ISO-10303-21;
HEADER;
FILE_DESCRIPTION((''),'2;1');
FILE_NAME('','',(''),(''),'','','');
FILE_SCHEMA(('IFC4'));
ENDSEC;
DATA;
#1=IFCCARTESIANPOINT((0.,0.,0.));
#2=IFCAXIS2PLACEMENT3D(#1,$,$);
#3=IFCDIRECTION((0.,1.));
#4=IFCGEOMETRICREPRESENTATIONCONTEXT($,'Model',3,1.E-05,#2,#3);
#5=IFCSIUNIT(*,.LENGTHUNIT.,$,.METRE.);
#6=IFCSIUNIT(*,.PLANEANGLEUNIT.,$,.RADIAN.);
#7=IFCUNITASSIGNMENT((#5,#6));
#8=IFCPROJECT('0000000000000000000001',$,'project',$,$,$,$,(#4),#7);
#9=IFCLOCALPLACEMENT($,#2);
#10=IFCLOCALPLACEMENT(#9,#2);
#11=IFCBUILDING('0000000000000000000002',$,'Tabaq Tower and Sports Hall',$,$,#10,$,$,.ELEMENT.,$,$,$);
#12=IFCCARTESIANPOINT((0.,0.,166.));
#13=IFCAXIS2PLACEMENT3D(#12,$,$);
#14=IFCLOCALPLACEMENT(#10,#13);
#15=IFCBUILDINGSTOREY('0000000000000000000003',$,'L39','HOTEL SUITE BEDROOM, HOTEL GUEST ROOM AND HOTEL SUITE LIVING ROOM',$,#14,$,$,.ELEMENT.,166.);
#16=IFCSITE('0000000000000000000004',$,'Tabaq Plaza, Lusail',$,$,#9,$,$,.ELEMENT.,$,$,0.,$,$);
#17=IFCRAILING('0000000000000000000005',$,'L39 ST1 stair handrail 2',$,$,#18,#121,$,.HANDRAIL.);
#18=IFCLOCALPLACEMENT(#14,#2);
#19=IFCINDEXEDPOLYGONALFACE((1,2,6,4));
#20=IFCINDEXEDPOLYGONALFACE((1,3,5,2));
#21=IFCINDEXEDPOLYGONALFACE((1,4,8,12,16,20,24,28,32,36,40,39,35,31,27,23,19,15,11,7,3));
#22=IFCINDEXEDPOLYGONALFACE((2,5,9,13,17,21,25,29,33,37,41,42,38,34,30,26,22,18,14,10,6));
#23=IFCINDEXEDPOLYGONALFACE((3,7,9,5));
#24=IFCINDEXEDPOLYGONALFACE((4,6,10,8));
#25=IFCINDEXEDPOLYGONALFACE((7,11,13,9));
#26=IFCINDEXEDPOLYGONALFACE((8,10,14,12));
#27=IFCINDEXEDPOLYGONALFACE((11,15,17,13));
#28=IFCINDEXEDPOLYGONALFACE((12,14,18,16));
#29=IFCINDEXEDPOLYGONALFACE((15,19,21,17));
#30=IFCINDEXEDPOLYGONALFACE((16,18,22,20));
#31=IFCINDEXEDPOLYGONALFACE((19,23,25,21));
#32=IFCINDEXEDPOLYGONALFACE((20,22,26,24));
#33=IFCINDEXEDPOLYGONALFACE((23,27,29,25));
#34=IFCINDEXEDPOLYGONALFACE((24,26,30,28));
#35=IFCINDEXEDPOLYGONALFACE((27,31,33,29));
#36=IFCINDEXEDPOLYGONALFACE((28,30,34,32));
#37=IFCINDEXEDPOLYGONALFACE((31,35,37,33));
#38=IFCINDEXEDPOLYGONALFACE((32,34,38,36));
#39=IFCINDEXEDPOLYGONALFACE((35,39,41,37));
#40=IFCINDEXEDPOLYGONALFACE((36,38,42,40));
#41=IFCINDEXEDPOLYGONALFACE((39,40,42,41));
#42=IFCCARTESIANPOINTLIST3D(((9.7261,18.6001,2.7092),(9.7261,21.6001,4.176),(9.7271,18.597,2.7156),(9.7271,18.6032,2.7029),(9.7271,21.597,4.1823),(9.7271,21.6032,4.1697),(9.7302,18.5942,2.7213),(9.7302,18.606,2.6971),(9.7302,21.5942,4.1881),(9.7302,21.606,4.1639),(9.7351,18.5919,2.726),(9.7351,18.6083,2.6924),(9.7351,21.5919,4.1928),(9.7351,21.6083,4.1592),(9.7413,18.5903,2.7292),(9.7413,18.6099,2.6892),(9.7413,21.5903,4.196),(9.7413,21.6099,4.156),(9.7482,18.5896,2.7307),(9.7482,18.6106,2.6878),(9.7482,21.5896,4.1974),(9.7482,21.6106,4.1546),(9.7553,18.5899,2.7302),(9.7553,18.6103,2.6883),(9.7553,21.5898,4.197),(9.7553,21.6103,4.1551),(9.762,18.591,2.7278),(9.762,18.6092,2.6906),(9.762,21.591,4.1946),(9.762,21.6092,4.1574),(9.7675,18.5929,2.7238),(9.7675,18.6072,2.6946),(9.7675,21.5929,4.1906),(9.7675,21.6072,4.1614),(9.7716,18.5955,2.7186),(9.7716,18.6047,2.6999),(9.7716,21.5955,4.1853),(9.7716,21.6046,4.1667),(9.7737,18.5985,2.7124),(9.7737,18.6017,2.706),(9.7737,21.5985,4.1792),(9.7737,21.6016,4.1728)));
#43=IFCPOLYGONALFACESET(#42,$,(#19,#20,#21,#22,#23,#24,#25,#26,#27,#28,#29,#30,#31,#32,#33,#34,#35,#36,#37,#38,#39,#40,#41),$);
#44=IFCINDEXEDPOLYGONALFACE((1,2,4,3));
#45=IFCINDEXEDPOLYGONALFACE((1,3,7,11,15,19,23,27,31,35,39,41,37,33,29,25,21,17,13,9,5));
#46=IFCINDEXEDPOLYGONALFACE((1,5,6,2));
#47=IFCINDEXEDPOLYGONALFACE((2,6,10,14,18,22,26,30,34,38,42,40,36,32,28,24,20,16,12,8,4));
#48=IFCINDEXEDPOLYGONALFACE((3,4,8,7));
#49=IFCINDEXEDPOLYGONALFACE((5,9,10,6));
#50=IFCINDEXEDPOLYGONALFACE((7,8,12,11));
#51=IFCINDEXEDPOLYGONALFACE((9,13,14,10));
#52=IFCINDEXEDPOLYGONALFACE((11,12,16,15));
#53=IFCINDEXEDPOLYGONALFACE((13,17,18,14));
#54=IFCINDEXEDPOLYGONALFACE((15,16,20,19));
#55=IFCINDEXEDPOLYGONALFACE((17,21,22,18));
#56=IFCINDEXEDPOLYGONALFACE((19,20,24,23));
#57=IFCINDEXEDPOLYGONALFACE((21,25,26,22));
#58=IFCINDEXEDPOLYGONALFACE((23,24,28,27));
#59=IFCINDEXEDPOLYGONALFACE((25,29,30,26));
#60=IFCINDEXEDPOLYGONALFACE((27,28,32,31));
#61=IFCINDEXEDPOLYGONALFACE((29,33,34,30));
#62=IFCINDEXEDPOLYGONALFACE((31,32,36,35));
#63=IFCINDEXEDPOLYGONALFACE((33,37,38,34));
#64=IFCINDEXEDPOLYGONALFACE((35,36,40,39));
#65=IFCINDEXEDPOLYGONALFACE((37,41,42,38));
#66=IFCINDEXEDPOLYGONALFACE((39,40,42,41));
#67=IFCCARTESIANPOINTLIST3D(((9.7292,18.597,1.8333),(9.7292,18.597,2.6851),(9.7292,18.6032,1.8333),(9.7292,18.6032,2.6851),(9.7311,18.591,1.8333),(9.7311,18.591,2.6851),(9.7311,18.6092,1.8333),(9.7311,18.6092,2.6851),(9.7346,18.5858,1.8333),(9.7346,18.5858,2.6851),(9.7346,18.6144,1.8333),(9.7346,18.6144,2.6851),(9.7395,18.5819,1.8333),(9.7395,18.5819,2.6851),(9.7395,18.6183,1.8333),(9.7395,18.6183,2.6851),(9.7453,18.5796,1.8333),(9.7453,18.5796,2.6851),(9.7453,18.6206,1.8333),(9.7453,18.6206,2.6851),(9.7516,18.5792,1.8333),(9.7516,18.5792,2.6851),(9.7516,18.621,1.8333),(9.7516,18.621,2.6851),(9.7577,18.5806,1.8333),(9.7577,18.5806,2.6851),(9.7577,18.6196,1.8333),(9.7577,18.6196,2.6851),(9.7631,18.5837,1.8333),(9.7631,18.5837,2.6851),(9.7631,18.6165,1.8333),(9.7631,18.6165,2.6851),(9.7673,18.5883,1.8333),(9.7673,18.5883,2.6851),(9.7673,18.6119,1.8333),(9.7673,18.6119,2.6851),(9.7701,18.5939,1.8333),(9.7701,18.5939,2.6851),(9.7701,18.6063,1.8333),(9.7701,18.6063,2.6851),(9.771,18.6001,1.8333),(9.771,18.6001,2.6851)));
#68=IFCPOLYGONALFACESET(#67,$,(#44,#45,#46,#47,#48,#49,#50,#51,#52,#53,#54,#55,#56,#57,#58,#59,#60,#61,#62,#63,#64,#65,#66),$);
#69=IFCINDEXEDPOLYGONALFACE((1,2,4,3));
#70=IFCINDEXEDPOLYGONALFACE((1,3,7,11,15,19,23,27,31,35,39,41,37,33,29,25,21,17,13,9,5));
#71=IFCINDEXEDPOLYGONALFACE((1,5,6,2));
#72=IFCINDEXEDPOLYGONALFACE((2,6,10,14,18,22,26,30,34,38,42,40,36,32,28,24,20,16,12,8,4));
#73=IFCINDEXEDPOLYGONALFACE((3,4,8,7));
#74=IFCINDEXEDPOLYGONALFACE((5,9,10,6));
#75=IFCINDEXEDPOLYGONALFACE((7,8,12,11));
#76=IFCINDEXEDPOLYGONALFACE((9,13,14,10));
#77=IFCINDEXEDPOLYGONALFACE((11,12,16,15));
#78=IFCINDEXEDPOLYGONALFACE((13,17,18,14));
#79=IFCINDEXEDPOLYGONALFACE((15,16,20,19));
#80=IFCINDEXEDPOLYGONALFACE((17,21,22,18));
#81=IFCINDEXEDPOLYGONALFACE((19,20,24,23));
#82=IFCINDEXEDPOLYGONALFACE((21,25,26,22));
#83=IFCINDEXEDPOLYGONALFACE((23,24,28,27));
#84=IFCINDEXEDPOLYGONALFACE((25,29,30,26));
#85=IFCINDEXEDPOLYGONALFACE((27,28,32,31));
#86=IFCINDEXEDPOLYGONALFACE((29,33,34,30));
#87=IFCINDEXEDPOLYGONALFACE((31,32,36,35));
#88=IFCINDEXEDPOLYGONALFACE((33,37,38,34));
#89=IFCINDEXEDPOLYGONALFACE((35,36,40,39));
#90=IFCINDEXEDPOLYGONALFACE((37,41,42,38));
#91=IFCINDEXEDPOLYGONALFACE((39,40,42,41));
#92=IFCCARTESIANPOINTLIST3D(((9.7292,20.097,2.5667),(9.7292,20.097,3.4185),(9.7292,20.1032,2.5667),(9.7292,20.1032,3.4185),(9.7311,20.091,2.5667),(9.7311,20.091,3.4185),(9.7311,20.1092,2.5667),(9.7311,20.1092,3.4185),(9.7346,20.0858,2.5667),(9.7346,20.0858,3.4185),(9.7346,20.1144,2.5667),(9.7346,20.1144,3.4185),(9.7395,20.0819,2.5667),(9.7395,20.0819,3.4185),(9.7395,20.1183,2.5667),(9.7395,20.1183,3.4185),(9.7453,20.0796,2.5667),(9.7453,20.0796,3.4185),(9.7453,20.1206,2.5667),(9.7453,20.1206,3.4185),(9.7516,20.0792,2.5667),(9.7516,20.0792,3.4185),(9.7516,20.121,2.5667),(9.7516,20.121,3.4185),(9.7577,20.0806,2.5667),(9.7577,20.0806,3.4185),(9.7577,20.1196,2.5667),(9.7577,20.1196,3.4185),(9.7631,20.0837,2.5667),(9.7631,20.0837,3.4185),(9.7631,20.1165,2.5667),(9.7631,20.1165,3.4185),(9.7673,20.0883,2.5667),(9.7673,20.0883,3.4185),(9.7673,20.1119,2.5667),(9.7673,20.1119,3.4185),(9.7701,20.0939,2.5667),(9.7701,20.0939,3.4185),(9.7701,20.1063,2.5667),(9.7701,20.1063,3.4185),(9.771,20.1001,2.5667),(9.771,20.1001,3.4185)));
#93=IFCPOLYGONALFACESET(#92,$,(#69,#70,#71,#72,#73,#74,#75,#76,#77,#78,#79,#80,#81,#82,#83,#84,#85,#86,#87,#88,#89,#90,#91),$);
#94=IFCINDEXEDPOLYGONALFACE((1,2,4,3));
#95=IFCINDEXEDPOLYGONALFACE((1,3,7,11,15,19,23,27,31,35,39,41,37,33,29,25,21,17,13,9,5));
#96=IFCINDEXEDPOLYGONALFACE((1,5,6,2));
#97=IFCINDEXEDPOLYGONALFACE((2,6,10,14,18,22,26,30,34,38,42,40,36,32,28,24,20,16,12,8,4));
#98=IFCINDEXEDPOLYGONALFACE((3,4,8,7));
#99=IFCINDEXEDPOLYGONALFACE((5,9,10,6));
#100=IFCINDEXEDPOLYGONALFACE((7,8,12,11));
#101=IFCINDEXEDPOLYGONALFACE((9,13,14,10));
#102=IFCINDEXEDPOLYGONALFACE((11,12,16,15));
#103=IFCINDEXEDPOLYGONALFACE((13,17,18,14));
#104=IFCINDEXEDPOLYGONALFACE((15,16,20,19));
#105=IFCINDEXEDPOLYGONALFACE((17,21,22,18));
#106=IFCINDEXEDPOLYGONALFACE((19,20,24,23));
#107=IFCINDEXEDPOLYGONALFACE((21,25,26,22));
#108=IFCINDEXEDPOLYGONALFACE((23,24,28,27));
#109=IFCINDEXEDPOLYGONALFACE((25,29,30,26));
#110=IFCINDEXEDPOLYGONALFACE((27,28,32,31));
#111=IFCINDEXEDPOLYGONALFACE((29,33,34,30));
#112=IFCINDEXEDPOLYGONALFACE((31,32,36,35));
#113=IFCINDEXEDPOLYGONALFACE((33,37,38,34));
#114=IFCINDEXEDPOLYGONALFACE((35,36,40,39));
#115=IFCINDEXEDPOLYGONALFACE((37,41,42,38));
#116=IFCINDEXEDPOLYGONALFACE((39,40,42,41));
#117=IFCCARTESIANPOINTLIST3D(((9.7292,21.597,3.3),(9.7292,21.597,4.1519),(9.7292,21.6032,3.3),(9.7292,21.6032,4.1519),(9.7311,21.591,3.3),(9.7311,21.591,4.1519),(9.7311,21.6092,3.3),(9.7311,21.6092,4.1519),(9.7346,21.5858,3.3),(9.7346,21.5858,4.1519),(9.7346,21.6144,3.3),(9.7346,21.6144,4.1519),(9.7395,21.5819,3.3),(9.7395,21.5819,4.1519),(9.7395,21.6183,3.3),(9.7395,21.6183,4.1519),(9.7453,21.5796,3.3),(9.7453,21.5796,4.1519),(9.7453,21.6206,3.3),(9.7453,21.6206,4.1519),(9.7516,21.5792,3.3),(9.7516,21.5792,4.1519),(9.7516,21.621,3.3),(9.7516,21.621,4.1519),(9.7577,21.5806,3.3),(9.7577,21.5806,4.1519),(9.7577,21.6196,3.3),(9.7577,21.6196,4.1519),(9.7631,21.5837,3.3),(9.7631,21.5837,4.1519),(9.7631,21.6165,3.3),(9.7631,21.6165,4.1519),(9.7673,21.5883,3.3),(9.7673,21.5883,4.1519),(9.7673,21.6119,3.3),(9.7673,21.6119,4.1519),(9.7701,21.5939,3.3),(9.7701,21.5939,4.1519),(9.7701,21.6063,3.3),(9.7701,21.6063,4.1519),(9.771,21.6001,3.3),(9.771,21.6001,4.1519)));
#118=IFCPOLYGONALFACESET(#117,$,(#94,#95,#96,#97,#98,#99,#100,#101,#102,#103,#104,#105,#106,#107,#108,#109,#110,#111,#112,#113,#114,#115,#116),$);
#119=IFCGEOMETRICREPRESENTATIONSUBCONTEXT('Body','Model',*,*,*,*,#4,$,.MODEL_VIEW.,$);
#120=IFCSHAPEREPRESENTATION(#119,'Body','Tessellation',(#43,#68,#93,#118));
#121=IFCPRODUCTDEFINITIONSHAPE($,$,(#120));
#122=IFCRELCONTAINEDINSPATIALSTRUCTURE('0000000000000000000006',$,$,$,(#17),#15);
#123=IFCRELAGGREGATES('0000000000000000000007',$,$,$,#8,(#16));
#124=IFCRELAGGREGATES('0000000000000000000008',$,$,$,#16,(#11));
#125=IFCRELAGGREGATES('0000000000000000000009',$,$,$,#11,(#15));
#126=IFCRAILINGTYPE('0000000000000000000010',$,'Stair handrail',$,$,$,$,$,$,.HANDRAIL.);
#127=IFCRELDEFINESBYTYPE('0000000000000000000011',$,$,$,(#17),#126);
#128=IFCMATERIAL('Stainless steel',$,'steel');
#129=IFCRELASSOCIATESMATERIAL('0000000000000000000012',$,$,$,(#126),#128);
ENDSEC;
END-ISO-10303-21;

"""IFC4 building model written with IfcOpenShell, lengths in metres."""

from ifc_helpers import new_model, si_unit, direction, frame, origin, origin_2d, place, context, subcontext, project, spatial, circle, extrude, material, type_object, element, save


model = new_model("IFC4")

# Units and contexts
model_context = context("Model", 3, precision=1e-05, world=origin(), true_north=direction((0.0, 1.0)))
body_context = subcontext(model_context, "Body", "Model", "MODEL_VIEW")
ifc_project = project(units=[si_unit("LENGTHUNIT", "METRE"), si_unit("PLANEANGLEUNIT", "RADIAN")], contexts=[model_context])

# Site, building, storey
site_placement = place(None, origin())
site = spatial("IfcSite", under=ifc_project, at=site_placement, Name="Tabaq Plaza, Lusail", CompositionType="ELEMENT", RefElevation=0.0)
building_placement = place(site_placement, origin())
building = spatial("IfcBuilding", under=site, at=building_placement, Name="Tabaq Tower and Sports Hall", CompositionType="ELEMENT")
storey_placement = place(building_placement, frame((0.0, 0.0, 166.0)))
storey = spatial("IfcBuildingStorey", under=building, at=storey_placement, Name="L39", Description="HOTEL SUITE BEDROOM, HOTEL GUEST ROOM AND HOTEL SUITE LIVING ROOM", CompositionType="ELEMENT", Elevation=166.0)

# Railing
ifc_material_1 = material(Name="Stainless steel", Category="steel")
railing_type = type_object("IfcRailingType", Name="Stair handrail", PredefinedType="HANDRAIL", material=ifc_material_1)
railing_1_placement = place(storey_placement, frame((9.75, 18.6001, 1.8333)))
element("IfcRailing", 1, at=railing_1_placement, inside=storey, type_object=railing_type, Name="L39 ST1 stair handrail 2", PredefinedType="HANDRAIL", context=body_context, shape_type="SweptSolid", body=[
    extrude(circle(Radius=0.0239, at=origin_2d()), frame((0.0, 0.0, 0.876), z_axis=(0.0, 0.898369, 0.439242), x_axis=(-1.0, 0.0, 0.0)), (0.0, 0.0, 1.0), 3.3394),
    extrude(circle(Radius=0.021, at=origin_2d()), origin(), (0.0, 0.0, 1.0), 0.8518),
    extrude(circle(Radius=0.021, at=origin_2d()), frame((0.0, 1.5, 0.7334)), (0.0, 0.0, 1.0), 0.8518),
    extrude(circle(Radius=0.021, at=origin_2d()), frame((0.0, 3.0, 1.4668)), (0.0, 0.0, 1.0), 0.8518),
])

save(model, "model.ifc")
